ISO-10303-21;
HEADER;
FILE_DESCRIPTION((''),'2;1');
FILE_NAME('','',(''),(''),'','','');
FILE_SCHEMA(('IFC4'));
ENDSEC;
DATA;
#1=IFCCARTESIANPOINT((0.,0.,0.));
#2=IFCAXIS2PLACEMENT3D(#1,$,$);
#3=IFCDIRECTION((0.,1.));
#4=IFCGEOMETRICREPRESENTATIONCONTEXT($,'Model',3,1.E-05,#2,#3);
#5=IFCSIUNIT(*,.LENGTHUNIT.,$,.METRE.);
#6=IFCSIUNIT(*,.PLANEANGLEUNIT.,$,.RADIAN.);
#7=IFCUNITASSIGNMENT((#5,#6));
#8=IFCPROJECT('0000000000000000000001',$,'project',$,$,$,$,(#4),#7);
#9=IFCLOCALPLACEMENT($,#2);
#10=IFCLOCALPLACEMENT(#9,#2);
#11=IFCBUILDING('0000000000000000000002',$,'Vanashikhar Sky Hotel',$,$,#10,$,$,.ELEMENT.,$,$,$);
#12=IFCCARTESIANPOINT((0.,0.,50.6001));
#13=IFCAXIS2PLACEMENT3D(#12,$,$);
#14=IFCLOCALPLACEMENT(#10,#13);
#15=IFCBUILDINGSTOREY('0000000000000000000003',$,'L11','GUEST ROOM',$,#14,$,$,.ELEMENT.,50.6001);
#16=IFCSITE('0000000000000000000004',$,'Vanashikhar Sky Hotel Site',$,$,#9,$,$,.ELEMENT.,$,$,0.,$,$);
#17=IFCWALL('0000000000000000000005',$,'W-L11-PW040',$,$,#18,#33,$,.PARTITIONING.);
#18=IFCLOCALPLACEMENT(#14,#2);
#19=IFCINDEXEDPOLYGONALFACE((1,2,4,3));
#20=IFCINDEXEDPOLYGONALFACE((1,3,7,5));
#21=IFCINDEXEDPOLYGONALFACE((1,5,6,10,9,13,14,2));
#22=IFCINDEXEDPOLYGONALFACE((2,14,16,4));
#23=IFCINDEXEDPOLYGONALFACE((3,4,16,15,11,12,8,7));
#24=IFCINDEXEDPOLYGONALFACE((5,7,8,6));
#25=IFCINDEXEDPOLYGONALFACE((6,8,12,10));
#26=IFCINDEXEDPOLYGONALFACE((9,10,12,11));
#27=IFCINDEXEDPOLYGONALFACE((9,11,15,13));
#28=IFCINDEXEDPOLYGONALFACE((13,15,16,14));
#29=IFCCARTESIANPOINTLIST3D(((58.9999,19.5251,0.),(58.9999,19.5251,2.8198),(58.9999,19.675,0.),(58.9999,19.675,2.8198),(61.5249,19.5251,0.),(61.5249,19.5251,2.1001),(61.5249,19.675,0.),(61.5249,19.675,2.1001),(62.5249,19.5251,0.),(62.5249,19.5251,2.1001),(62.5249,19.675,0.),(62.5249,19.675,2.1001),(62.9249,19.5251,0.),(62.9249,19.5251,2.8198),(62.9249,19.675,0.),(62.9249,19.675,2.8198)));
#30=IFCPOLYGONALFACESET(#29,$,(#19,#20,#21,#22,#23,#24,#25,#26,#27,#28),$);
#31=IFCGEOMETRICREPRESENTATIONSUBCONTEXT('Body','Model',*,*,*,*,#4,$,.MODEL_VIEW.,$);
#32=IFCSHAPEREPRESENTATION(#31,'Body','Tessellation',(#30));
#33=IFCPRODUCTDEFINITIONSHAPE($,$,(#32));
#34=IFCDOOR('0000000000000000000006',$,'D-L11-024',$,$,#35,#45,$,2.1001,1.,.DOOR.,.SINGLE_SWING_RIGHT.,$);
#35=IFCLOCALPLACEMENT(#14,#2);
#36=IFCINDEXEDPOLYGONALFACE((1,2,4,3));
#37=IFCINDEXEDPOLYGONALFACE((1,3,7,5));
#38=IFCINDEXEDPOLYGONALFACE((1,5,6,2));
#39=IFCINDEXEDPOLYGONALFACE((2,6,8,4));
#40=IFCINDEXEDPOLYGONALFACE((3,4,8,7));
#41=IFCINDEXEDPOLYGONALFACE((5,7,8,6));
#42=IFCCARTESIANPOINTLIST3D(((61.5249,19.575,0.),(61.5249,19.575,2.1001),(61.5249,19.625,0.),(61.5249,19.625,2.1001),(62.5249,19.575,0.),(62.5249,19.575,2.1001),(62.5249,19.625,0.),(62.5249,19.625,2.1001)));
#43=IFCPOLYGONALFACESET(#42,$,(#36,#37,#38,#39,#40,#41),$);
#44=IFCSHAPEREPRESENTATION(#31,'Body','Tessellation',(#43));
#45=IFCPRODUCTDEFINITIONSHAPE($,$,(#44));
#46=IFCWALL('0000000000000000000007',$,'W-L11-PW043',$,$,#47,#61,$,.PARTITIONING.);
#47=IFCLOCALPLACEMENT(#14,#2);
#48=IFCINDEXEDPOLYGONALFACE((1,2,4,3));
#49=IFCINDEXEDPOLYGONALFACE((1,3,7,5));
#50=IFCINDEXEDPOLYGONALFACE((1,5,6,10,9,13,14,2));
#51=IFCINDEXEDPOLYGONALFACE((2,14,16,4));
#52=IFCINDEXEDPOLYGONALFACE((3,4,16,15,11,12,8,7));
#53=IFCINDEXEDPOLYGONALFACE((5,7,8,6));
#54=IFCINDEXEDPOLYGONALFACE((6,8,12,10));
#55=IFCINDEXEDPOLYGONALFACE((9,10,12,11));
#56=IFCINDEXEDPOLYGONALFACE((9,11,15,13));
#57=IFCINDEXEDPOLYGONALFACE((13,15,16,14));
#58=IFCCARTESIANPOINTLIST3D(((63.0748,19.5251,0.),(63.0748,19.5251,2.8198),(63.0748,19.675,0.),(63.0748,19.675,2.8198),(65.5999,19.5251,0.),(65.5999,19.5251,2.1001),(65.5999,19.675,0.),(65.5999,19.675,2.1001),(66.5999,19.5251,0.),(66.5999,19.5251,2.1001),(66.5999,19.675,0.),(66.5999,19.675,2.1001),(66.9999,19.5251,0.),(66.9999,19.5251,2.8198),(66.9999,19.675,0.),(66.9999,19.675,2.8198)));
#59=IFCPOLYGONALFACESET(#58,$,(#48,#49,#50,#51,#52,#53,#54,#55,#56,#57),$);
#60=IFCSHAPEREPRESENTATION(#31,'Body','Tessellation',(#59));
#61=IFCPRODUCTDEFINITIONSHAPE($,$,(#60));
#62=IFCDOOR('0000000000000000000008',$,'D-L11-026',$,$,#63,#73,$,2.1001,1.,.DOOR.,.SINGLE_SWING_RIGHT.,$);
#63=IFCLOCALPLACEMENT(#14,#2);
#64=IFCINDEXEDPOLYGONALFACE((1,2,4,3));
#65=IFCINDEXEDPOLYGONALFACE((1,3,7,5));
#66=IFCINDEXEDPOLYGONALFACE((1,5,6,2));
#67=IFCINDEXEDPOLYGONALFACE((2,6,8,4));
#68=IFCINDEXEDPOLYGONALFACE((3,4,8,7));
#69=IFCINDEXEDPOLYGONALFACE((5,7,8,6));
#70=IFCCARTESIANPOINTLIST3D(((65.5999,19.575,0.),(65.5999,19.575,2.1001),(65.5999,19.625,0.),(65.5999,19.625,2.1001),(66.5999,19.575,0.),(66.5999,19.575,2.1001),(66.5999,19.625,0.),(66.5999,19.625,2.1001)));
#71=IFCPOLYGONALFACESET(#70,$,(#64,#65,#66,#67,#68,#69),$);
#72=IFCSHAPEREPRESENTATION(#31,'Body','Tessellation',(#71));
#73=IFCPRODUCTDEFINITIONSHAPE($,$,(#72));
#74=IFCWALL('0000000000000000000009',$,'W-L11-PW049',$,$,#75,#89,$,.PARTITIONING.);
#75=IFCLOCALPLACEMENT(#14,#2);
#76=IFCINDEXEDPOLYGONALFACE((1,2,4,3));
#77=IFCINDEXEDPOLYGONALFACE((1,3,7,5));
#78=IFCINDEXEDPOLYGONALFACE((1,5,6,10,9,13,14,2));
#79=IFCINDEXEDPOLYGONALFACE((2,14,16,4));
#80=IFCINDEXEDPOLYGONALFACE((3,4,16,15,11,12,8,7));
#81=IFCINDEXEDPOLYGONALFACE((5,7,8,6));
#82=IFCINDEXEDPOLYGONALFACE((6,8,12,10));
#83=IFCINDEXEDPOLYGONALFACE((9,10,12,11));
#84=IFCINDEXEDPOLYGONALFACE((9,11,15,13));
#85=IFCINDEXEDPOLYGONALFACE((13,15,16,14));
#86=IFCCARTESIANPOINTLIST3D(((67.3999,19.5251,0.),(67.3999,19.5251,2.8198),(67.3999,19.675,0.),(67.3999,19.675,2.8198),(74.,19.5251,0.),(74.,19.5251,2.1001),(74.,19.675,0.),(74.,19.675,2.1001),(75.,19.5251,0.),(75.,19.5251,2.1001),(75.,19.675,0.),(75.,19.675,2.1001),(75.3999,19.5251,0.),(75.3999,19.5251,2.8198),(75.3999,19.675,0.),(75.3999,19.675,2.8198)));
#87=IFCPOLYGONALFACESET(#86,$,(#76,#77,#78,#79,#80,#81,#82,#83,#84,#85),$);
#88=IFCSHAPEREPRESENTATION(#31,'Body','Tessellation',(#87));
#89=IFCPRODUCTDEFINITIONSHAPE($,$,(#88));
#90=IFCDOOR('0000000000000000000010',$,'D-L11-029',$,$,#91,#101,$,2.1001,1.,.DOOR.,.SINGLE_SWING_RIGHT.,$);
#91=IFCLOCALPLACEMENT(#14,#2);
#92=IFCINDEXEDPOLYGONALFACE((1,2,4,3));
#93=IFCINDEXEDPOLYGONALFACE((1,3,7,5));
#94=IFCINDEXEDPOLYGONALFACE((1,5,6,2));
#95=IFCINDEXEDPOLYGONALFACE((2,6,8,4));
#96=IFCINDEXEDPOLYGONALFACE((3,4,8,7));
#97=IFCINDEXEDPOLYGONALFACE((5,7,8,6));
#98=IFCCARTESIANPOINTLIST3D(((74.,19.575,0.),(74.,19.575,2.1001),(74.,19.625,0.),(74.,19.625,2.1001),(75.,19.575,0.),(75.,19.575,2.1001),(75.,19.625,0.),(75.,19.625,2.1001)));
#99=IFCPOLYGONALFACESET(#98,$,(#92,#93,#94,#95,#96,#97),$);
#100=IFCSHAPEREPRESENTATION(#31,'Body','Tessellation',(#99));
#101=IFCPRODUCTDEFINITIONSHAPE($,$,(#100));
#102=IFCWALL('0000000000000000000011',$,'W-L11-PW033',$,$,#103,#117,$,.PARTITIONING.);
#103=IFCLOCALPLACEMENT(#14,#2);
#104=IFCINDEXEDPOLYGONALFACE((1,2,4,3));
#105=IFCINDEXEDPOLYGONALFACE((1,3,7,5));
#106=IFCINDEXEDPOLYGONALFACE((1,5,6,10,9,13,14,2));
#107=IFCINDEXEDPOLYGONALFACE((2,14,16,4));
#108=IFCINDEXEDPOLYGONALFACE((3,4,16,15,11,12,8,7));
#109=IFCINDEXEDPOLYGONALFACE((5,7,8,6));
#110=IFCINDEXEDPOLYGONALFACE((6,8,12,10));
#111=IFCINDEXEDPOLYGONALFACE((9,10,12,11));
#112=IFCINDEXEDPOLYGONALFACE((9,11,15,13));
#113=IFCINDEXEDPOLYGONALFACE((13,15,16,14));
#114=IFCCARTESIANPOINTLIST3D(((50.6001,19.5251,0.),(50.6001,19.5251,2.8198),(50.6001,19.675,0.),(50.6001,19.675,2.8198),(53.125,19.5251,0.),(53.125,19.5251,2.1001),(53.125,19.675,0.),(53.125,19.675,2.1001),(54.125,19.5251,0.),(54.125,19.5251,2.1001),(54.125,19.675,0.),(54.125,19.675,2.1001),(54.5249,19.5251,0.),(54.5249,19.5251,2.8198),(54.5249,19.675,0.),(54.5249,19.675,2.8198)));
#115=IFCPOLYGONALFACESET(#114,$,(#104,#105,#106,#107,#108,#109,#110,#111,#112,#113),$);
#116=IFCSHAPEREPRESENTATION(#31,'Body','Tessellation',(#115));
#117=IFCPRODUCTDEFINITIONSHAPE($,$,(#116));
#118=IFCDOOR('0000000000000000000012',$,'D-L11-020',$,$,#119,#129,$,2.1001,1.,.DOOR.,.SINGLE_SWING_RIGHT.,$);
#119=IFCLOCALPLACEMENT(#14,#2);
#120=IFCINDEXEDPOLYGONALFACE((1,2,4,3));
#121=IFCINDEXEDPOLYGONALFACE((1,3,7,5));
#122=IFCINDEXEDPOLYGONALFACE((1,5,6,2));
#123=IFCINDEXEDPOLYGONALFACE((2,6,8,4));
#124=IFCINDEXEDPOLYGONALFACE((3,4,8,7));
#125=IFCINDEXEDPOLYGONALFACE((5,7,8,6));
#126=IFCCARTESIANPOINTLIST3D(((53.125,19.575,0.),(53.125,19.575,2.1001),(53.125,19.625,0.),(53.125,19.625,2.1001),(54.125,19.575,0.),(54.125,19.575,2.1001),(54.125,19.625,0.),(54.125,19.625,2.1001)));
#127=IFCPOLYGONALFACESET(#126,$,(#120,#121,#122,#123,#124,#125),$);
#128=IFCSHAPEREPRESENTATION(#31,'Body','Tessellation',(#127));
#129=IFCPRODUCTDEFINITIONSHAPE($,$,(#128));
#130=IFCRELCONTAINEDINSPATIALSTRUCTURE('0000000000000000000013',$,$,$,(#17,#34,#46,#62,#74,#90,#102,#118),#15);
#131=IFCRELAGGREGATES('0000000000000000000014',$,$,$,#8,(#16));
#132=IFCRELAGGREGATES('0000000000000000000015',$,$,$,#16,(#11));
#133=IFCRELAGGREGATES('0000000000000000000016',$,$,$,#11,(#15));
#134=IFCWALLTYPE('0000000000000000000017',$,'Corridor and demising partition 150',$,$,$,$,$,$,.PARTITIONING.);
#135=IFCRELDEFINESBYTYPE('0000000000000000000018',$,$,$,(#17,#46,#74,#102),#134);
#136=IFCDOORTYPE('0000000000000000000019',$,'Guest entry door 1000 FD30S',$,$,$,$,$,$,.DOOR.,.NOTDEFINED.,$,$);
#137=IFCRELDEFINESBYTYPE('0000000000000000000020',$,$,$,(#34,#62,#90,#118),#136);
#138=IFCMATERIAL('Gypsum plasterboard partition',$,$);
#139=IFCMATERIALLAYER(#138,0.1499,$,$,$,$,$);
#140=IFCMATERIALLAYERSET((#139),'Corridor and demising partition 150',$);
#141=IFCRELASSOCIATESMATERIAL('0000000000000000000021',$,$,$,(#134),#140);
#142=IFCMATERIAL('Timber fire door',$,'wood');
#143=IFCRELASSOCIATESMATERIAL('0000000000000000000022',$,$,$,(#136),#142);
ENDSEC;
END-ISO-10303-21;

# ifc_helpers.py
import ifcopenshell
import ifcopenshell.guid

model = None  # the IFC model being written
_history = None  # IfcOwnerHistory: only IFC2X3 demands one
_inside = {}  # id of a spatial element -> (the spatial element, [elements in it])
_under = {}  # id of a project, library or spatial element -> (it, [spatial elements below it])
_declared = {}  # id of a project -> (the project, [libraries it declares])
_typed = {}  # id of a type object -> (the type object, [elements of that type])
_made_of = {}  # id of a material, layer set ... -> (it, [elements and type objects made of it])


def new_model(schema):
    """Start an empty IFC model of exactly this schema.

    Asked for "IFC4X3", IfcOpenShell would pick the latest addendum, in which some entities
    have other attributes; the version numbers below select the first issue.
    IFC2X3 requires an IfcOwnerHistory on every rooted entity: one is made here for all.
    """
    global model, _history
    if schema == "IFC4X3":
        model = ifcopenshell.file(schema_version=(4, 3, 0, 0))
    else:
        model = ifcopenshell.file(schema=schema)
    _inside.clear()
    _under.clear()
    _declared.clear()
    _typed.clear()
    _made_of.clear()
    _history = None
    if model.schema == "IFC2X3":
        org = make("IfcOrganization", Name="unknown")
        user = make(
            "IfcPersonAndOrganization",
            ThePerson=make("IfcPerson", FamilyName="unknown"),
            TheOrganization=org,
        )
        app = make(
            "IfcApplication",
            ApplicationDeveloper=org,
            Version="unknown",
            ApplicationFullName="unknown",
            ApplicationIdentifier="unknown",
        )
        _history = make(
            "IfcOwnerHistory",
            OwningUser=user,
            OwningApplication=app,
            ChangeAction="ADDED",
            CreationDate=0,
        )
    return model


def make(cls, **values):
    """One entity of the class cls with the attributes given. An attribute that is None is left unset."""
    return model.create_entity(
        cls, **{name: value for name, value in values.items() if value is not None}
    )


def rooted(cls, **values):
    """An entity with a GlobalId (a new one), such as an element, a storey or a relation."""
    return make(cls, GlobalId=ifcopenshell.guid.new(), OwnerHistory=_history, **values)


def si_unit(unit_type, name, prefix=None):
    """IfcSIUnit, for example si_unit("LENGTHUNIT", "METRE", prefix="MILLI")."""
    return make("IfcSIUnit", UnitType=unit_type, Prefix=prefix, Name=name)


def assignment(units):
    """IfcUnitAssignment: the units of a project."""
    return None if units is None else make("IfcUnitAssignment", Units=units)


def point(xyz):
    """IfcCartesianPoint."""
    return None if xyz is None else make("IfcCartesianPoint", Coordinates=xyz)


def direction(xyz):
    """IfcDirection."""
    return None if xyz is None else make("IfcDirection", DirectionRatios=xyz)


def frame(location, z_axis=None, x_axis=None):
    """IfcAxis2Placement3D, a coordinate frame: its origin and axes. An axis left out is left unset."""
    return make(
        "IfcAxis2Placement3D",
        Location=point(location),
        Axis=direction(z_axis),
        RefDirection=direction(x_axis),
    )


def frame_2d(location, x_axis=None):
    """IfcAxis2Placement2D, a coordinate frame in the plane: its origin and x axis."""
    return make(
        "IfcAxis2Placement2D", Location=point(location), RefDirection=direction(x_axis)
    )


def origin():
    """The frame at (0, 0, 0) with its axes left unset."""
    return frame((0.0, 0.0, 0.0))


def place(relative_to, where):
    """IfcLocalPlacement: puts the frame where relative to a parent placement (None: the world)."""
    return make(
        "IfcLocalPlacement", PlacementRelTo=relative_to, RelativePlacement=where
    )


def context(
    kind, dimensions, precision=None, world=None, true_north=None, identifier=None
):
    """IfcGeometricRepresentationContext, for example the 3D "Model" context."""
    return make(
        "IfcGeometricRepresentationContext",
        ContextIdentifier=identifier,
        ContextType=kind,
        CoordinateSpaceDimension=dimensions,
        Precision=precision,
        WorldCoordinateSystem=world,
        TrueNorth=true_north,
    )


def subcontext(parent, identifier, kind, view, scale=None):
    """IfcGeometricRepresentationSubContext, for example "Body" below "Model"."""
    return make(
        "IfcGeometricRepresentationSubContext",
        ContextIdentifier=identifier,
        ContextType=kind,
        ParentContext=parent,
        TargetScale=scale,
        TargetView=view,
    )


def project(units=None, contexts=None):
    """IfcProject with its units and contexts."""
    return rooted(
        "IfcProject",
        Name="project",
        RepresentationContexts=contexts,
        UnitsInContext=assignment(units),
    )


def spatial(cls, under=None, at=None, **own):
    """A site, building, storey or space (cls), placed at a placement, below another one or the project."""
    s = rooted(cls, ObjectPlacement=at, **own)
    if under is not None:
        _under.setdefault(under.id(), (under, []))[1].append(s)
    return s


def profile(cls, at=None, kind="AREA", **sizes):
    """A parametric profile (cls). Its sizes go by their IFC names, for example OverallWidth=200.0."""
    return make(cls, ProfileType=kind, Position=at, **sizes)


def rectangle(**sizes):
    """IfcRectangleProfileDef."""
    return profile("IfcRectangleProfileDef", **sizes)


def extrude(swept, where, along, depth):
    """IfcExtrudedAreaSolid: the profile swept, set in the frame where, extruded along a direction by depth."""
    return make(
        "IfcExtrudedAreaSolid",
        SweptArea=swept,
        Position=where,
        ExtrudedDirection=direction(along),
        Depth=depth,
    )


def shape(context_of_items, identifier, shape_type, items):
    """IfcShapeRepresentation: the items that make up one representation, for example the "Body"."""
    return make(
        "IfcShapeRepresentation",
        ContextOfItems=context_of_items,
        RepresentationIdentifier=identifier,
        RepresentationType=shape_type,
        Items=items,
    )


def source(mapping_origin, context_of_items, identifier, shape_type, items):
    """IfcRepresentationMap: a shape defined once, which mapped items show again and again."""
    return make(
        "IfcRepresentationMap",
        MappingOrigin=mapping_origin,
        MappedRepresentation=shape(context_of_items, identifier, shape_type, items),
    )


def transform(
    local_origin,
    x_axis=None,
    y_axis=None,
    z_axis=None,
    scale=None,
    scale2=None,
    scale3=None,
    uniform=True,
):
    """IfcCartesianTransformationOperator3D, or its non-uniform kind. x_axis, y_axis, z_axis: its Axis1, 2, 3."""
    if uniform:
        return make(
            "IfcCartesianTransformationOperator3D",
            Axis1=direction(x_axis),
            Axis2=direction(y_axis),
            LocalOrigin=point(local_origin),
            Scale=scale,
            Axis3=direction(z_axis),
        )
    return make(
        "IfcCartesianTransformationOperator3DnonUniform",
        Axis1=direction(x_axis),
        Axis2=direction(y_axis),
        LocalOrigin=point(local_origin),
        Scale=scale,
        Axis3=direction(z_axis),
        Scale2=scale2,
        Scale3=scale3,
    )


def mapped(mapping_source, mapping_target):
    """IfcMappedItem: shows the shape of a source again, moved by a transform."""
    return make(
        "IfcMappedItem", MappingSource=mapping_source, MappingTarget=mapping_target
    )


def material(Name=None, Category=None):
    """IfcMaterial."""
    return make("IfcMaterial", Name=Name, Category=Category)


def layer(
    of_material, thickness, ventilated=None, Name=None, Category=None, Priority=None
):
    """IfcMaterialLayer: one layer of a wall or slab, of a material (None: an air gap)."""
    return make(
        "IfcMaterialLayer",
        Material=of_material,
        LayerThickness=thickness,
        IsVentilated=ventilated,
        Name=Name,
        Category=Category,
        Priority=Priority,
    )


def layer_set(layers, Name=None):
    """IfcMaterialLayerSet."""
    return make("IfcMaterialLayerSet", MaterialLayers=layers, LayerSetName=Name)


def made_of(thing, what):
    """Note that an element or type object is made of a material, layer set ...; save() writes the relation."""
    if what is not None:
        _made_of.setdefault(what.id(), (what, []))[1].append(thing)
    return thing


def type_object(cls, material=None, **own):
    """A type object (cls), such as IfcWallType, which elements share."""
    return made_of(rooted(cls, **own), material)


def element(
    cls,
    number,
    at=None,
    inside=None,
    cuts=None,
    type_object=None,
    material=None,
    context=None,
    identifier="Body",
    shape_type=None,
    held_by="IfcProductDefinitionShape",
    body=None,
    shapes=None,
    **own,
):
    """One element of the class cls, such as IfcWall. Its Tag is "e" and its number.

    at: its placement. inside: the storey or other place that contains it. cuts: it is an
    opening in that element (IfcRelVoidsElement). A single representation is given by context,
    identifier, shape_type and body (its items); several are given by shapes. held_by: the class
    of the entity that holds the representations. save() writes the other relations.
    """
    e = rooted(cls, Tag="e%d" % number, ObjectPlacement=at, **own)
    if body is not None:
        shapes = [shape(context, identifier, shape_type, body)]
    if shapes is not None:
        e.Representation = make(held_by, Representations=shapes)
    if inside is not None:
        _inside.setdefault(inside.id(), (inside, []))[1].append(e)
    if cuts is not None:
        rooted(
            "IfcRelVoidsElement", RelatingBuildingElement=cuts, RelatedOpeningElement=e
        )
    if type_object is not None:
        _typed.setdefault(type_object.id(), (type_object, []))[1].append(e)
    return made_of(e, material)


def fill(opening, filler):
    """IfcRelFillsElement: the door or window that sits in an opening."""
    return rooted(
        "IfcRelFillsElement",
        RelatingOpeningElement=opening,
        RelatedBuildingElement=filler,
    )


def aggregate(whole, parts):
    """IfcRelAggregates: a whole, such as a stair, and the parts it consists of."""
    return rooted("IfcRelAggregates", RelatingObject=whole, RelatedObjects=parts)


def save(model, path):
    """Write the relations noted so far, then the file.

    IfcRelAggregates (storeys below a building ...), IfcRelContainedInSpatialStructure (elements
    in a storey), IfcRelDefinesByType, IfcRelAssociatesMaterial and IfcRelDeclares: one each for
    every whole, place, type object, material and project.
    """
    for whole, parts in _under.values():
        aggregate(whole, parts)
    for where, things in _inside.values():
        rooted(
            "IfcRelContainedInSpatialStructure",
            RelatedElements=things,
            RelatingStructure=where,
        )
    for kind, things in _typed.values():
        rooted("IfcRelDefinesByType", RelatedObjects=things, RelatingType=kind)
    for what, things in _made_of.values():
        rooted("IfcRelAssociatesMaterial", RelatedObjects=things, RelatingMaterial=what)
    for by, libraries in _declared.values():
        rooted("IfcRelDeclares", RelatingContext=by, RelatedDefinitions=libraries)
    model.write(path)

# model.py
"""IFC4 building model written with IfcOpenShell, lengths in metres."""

from ifc_helpers import new_model, si_unit, direction, frame, frame_2d, origin, place, context, subcontext, project, spatial, rectangle, extrude, source, transform, mapped, material, layer, layer_set, type_object, element, fill, save


model = new_model("IFC4")

# Units and contexts
model_context = context("Model", 3, precision=1e-05, world=origin(), true_north=direction((0.0, 1.0)))
body_context = subcontext(model_context, "Body", "Model", "MODEL_VIEW")
ifc_project = project(units=[si_unit("LENGTHUNIT", "METRE"), si_unit("PLANEANGLEUNIT", "RADIAN")], contexts=[model_context])

# Site, building, storey
site_placement = place(None, origin())
site = spatial("IfcSite", under=ifc_project, at=site_placement, Name="Vanashikhar Sky Hotel Site", CompositionType="ELEMENT", RefElevation=0.0)
building_placement = place(site_placement, origin())
building = spatial("IfcBuilding", under=site, at=building_placement, Name="Vanashikhar Sky Hotel", CompositionType="ELEMENT")
storey_placement = place(building_placement, frame((0.0, 0.0, 50.6001)))
storey = spatial("IfcBuildingStorey", under=building, at=storey_placement, Name="L11", Description="GUEST ROOM", CompositionType="ELEMENT", Elevation=50.6001)

# Shared definitions
ifc_material_1 = material(Name="Gypsum plasterboard partition")

# Walls, openings, doors
ifc_layer_1 = layer(ifc_material_1, 0.1499)
ifc_layer_set_1 = layer_set([ifc_layer_1], Name="Corridor and demising partition 150")
wall_type_1 = type_object("IfcWallType", Name="Corridor and demising partition 150", PredefinedType="PARTITIONING", material=ifc_layer_set_1)
shared_shape_1 = source(origin(), body_context, "Body", "SweptSolid", [
    extrude(rectangle(XDim=3.925, YDim=0.1499, at=frame_2d((1.9624, 0.0))), origin(), (0.0, 0.0, 1.0), 2.8198),
])
shared_shape_2 = source(origin(), body_context, "Body", "SweptSolid", [
    extrude(rectangle(XDim=1.0, YDim=2.1001, at=frame_2d((0.5, 1.05))), frame((0.0, 0.085, 0.0), z_axis=(0.0, -1.0, 0.0), x_axis=(1.0, 0.0, 0.0)), (0.0, 0.0, 1.0), 0.1699),
])
ifc_material_2 = material(Name="Timber fire door", Category="wood")
door_type_1 = type_object("IfcDoorType", Name="Guest entry door 1000 FD30S", OperationType="NOTDEFINED", PredefinedType="DOOR", material=ifc_material_2)
shared_shape_3 = source(origin(), body_context, "Body", "SweptSolid", [
    extrude(rectangle(XDim=1.0, YDim=2.1001, at=frame_2d((0.5, 1.05))), frame((0.0, 0.0249, 0.0), z_axis=(0.0, -1.0, 0.0), x_axis=(1.0, 0.0, 0.0)), (0.0, 0.0, 1.0), 0.05),
])
wall_1_placement = place(storey_placement, frame((59.0, 19.6001, 0.0), z_axis=(0.0, 0.0, 1.0), x_axis=(1.0, 0.0, 0.0)))
wall_1 = element("IfcWall", 1, at=wall_1_placement, inside=storey, type_object=wall_type_1, Name="W-L11-PW040", PredefinedType="PARTITIONING", context=body_context, shape_type="MappedRepresentation", body=[
    mapped(shared_shape_1, transform((0.0, 0.0, 0.0), scale=1.0)),
])
opening_1_placement = place(wall_1_placement, frame((2.5249, 0.0, 0.0)))
opening_1 = element("IfcOpeningElement", 2, at=opening_1_placement, cuts=wall_1, PredefinedType="OPENING", context=body_context, shape_type="MappedRepresentation", body=[
    mapped(shared_shape_2, transform((0.0, 0.0, 0.0), scale=1.0)),
])
door_1_placement = place(opening_1_placement, origin())
door_1 = element("IfcDoor", 3, at=door_1_placement, inside=storey, type_object=door_type_1, Name="D-L11-024", OperationType="SINGLE_SWING_RIGHT", OverallHeight=2.1001, OverallWidth=1.0, PredefinedType="DOOR", context=body_context, shape_type="MappedRepresentation", body=[
    mapped(shared_shape_3, transform((0.0, 0.0, 0.0), scale=1.0)),
])
fill(opening_1, door_1)
wall_2_placement = place(storey_placement, frame((63.075, 19.6001, 0.0), z_axis=(0.0, 0.0, 1.0), x_axis=(1.0, 0.0, 0.0)))
wall_2 = element("IfcWall", 4, at=wall_2_placement, inside=storey, type_object=wall_type_1, Name="W-L11-PW043", PredefinedType="PARTITIONING", context=body_context, shape_type="MappedRepresentation", body=[
    mapped(shared_shape_1, transform((0.0, 0.0, 0.0), scale=1.0)),
])
opening_2_placement = place(wall_2_placement, frame((2.5249, 0.0, 0.0)))
opening_2 = element("IfcOpeningElement", 5, at=opening_2_placement, cuts=wall_2, PredefinedType="OPENING", context=body_context, shape_type="MappedRepresentation", body=[
    mapped(shared_shape_2, transform((0.0, 0.0, 0.0), scale=1.0)),
])
door_2_placement = place(opening_2_placement, origin())
door_2 = element("IfcDoor", 6, at=door_2_placement, inside=storey, type_object=door_type_1, Name="D-L11-026", OperationType="SINGLE_SWING_RIGHT", OverallHeight=2.1001, OverallWidth=1.0, PredefinedType="DOOR", context=body_context, shape_type="MappedRepresentation", body=[
    mapped(shared_shape_3, transform((0.0, 0.0, 0.0), scale=1.0)),
])
fill(opening_2, door_2)
shared_shape_4 = source(origin(), body_context, "Body", "SweptSolid", [
    extrude(rectangle(XDim=8.0, YDim=0.1499, at=frame_2d((4.0, 0.0))), origin(), (0.0, 0.0, 1.0), 2.8198),
])
wall_3_placement = place(storey_placement, frame((67.3999, 19.6001, 0.0), z_axis=(0.0, 0.0, 1.0), x_axis=(1.0, 0.0, 0.0)))
wall_3 = element("IfcWall", 7, at=wall_3_placement, inside=storey, type_object=wall_type_1, Name="W-L11-PW049", PredefinedType="PARTITIONING", context=body_context, shape_type="MappedRepresentation", body=[
    mapped(shared_shape_4, transform((0.0, 0.0, 0.0), scale=1.0)),
])
opening_3_placement = place(wall_3_placement, frame((6.6001, 0.0, 0.0)))
opening_3 = element("IfcOpeningElement", 8, at=opening_3_placement, cuts=wall_3, PredefinedType="OPENING", context=body_context, shape_type="MappedRepresentation", body=[
    mapped(shared_shape_2, transform((0.0, 0.0, 0.0), scale=1.0)),
])
door_3_placement = place(opening_3_placement, origin())
door_3 = element("IfcDoor", 9, at=door_3_placement, inside=storey, type_object=door_type_1, Name="D-L11-029", OperationType="SINGLE_SWING_RIGHT", OverallHeight=2.1001, OverallWidth=1.0, PredefinedType="DOOR", context=body_context, shape_type="MappedRepresentation", body=[
    mapped(shared_shape_3, transform((0.0, 0.0, 0.0), scale=1.0)),
])
fill(opening_3, door_3)
shared_shape_5 = source(origin(), body_context, "Body", "SweptSolid", [
    extrude(rectangle(XDim=3.9248, YDim=0.1499, at=frame_2d((1.9624, 0.0))), origin(), (0.0, 0.0, 1.0), 2.8198),
])
wall_4_placement = place(storey_placement, frame((50.6001, 19.6001, 0.0), z_axis=(0.0, 0.0, 1.0), x_axis=(1.0, 0.0, 0.0)))
wall_4 = element("IfcWall", 10, at=wall_4_placement, inside=storey, type_object=wall_type_1, Name="W-L11-PW033", PredefinedType="PARTITIONING", context=body_context, shape_type="MappedRepresentation", body=[
    mapped(shared_shape_5, transform((0.0, 0.0, 0.0), scale=1.0)),
])
opening_4_placement = place(wall_4_placement, frame((2.5249, 0.0, 0.0)))
opening_4 = element("IfcOpeningElement", 11, at=opening_4_placement, cuts=wall_4, PredefinedType="OPENING", context=body_context, shape_type="MappedRepresentation", body=[
    mapped(shared_shape_2, transform((0.0, 0.0, 0.0), scale=1.0)),
])
door_4_placement = place(opening_4_placement, origin())
door_4 = element("IfcDoor", 12, at=door_4_placement, inside=storey, type_object=door_type_1, Name="D-L11-020", OperationType="SINGLE_SWING_RIGHT", OverallHeight=2.1001, OverallWidth=1.0, PredefinedType="DOOR", context=body_context, shape_type="MappedRepresentation", body=[
    mapped(shared_shape_3, transform((0.0, 0.0, 0.0), scale=1.0)),
])
fill(opening_4, door_4)

save(model, "model.ifc")
